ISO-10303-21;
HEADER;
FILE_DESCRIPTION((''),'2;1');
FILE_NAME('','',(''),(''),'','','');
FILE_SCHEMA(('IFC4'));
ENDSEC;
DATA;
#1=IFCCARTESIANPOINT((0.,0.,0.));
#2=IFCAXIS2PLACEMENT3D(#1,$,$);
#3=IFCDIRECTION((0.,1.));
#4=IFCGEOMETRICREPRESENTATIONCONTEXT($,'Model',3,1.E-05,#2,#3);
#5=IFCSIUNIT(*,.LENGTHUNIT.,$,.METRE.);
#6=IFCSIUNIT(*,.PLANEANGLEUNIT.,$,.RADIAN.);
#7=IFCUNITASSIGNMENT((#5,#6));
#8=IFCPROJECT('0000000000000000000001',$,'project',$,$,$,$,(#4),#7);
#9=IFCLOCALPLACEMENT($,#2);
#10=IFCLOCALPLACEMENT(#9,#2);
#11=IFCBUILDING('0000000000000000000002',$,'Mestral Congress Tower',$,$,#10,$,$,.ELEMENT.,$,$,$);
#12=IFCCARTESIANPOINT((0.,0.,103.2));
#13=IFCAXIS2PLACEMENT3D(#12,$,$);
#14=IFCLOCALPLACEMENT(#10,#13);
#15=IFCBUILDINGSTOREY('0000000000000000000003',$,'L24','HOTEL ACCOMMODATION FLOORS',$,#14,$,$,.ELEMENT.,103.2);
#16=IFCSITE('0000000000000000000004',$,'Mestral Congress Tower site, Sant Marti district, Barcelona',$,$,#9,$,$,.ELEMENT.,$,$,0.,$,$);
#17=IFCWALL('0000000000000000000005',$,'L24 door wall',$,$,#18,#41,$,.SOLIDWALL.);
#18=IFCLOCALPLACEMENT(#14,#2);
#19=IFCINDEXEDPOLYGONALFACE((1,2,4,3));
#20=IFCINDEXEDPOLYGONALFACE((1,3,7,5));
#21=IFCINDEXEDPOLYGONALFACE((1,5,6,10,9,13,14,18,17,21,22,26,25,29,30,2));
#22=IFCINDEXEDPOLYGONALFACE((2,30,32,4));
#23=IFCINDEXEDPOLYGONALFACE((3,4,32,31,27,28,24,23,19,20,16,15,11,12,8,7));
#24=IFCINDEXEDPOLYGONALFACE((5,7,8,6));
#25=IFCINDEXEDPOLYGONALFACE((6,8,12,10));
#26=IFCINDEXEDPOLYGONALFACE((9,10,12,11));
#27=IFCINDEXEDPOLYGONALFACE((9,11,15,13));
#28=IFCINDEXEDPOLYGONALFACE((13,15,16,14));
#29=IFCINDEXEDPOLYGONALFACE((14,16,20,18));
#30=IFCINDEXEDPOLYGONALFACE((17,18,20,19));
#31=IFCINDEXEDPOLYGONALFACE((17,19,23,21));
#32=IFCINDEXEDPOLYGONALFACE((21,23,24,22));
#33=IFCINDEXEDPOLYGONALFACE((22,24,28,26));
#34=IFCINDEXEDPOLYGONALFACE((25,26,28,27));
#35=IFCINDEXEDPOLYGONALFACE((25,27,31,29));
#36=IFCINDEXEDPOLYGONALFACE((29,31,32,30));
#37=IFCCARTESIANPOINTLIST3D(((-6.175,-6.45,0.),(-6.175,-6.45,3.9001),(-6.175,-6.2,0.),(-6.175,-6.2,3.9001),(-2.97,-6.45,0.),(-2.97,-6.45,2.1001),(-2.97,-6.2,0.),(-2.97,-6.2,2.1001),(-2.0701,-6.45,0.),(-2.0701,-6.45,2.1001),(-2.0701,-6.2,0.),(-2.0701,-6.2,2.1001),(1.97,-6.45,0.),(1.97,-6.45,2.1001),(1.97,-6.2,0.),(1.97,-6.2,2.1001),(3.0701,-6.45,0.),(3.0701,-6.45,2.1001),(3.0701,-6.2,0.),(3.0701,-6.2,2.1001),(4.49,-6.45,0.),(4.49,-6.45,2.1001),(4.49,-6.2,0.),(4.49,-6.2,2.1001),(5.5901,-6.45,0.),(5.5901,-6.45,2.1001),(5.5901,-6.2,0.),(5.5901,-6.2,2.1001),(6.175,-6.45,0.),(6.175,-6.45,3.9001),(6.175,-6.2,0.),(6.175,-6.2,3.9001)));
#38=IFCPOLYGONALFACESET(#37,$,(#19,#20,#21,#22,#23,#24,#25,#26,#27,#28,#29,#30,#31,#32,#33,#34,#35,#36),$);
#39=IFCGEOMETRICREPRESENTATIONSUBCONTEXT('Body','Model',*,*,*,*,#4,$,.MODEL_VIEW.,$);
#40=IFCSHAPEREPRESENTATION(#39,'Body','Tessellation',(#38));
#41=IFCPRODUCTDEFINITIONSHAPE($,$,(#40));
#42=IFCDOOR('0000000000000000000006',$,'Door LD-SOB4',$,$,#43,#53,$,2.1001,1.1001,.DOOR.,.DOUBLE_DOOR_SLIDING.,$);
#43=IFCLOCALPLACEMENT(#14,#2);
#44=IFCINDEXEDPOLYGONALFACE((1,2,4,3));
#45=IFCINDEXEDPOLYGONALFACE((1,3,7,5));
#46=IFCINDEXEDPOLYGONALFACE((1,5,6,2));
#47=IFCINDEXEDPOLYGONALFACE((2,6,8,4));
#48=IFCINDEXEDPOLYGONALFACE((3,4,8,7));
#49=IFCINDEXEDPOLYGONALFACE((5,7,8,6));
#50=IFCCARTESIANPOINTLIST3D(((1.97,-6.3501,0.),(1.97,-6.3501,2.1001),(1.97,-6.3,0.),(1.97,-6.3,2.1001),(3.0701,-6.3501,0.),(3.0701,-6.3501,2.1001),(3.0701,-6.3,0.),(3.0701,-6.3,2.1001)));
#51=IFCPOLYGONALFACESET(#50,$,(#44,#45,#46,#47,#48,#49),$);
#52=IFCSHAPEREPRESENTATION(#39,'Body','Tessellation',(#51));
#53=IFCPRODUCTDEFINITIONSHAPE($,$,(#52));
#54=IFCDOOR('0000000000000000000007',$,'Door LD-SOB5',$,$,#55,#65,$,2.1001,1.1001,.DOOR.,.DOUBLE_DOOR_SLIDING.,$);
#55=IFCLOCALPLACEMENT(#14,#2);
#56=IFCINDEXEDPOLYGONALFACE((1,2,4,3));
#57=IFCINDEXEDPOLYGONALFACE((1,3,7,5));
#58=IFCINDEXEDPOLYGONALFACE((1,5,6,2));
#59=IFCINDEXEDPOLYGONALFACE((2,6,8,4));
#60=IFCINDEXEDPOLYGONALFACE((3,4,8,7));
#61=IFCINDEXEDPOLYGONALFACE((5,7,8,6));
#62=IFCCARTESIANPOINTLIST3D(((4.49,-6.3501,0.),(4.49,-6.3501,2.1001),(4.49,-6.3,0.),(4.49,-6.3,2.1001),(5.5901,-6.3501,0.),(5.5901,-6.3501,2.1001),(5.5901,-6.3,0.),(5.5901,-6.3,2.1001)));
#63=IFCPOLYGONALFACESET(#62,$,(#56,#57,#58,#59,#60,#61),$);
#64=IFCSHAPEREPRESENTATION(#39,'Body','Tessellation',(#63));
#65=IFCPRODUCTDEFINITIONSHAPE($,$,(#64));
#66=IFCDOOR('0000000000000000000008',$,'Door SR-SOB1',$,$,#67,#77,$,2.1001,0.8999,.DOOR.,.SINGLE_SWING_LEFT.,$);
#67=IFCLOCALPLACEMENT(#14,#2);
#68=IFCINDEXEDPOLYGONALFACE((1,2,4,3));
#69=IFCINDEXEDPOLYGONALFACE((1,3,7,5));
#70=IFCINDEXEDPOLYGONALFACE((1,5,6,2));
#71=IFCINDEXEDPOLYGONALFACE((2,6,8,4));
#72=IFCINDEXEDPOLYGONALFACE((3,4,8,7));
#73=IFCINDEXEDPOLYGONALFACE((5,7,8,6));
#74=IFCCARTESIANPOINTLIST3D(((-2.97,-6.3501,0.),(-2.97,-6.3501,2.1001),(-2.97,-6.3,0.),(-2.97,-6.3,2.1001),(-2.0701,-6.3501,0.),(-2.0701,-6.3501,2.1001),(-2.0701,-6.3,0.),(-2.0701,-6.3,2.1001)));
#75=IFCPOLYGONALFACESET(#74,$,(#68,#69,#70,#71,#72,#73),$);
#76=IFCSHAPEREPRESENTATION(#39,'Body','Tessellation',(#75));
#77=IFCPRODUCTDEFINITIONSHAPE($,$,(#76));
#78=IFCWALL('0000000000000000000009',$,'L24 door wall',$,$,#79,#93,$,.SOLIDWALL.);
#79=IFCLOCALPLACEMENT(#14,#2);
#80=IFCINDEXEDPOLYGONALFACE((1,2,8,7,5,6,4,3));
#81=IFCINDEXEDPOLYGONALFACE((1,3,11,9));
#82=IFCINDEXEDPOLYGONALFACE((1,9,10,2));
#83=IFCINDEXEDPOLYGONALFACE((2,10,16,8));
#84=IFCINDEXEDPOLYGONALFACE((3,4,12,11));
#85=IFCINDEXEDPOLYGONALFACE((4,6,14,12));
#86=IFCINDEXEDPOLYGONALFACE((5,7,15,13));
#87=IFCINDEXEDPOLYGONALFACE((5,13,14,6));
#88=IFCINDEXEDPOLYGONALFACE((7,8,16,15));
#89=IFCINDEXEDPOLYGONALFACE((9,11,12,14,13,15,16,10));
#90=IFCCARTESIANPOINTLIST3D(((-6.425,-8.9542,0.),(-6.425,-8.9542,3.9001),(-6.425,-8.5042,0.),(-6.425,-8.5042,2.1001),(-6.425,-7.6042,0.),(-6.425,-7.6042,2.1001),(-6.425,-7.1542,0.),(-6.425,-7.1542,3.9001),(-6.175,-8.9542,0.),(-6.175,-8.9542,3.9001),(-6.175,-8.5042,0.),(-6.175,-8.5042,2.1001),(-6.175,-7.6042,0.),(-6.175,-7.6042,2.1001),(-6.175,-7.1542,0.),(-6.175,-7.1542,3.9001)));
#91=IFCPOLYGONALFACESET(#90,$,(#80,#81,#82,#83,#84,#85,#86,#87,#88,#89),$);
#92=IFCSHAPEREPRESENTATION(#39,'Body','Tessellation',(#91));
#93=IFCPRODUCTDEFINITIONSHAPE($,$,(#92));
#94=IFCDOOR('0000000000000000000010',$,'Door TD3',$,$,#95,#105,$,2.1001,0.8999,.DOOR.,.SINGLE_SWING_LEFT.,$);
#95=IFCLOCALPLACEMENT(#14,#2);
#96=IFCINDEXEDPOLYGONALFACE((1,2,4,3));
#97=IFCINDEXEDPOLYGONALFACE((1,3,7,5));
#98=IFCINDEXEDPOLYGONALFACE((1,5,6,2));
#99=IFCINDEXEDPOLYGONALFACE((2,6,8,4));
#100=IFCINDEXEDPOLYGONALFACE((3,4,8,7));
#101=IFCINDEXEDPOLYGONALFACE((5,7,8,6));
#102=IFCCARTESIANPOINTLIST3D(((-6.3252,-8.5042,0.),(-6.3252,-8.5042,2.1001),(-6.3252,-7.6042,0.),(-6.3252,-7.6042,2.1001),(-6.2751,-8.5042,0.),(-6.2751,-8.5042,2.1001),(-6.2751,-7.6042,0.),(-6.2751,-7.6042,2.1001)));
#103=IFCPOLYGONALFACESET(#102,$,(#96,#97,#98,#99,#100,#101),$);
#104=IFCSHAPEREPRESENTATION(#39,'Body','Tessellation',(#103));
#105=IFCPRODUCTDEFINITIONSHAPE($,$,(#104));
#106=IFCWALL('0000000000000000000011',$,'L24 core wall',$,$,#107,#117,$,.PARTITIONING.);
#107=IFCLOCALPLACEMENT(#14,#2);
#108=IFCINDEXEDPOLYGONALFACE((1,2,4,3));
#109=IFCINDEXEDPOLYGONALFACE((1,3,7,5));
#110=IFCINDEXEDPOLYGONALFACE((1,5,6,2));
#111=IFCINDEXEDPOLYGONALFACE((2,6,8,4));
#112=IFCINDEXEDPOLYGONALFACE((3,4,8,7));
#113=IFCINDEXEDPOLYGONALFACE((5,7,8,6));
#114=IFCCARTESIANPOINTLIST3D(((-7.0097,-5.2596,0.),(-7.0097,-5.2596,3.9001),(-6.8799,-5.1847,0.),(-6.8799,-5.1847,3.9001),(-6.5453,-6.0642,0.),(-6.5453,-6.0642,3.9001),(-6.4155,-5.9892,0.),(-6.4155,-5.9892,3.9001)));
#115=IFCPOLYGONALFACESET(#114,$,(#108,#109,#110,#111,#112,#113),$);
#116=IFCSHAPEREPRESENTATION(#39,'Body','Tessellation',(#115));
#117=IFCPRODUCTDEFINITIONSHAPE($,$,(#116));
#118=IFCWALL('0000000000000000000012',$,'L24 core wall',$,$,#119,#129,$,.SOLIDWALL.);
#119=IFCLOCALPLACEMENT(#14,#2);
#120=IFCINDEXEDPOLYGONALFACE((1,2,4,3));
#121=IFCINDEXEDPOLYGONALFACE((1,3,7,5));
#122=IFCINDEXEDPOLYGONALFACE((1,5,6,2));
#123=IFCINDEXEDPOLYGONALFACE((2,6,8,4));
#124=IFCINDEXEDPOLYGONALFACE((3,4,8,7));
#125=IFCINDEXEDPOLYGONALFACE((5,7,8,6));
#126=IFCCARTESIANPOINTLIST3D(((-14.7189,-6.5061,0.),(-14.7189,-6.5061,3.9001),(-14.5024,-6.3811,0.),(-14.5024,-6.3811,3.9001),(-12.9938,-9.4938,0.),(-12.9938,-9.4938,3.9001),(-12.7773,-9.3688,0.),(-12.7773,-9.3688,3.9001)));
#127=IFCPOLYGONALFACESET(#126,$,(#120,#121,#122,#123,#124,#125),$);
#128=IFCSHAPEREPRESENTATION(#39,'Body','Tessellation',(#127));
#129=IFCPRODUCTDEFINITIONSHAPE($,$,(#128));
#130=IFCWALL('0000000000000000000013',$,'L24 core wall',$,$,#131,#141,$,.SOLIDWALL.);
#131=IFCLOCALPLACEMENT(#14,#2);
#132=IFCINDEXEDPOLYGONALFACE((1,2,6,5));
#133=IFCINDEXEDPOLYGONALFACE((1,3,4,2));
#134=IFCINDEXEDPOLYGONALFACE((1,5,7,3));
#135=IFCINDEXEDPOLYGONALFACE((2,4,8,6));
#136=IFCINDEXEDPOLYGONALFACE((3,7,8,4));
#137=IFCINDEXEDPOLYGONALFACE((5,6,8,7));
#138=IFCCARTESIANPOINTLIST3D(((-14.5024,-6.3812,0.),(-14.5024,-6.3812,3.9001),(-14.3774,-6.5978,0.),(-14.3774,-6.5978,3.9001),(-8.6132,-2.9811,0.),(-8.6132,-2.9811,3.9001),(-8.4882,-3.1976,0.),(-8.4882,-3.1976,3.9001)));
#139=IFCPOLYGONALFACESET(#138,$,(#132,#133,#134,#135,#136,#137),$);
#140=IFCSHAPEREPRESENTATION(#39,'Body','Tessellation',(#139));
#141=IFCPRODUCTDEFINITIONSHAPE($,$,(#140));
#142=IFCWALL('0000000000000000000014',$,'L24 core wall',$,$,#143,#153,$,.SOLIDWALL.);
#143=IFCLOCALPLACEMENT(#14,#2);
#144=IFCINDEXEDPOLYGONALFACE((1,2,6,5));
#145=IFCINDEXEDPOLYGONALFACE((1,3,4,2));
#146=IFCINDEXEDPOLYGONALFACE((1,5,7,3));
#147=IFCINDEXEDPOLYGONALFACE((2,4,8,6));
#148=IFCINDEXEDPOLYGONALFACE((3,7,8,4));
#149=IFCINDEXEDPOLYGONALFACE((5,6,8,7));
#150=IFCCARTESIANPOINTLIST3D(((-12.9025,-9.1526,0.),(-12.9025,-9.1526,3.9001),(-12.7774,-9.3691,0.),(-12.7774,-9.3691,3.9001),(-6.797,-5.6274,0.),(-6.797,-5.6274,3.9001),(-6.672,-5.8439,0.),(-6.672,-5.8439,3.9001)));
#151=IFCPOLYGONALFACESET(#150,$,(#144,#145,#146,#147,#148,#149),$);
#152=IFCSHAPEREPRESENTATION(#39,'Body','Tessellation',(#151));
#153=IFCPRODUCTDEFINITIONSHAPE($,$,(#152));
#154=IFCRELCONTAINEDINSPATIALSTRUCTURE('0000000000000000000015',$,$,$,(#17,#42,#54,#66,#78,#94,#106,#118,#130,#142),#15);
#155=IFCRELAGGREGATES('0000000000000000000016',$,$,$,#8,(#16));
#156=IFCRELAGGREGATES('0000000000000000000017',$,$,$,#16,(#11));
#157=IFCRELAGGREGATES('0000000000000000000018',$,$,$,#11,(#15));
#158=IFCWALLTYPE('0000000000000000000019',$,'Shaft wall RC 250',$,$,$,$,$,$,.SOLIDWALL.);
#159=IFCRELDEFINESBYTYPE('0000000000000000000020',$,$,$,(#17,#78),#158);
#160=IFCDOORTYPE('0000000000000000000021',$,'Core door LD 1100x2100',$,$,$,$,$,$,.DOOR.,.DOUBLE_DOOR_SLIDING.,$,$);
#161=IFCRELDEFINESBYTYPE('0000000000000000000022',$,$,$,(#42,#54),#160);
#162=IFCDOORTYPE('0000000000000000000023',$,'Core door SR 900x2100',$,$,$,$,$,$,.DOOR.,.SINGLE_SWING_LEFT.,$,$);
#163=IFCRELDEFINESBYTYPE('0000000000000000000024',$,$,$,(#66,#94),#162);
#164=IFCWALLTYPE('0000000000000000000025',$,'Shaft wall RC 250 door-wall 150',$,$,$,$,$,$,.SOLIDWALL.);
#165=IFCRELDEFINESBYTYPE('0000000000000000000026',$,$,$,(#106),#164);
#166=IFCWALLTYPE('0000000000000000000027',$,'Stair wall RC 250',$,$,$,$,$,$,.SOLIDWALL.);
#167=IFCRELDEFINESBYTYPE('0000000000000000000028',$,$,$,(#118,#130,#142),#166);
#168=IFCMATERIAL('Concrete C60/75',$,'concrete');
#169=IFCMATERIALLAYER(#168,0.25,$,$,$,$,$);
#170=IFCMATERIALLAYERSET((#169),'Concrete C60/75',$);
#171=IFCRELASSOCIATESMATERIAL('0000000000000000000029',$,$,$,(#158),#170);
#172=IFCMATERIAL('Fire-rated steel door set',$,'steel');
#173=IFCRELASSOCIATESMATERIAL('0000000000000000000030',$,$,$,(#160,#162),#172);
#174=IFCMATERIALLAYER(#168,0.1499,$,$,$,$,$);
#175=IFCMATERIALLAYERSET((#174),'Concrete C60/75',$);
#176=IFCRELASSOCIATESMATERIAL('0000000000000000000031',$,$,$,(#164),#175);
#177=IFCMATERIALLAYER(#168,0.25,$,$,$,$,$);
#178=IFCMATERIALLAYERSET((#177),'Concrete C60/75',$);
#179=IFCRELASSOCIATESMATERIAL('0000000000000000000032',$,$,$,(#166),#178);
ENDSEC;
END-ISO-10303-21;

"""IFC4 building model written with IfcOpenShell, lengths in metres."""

from ifc_helpers import new_model, si_unit, direction, frame, frame_2d, origin, place, context, subcontext, project, spatial, rectangle, extrude, material, layer, layer_set, type_object, element, fill, save


model = new_model("IFC4")

# Units and contexts
model_context = context("Model", 3, precision=1e-05, world=origin(), true_north=direction((0.0, 1.0)))
body_context = subcontext(model_context, "Body", "Model", "MODEL_VIEW")
ifc_project = project(units=[si_unit("LENGTHUNIT", "METRE"), si_unit("PLANEANGLEUNIT", "RADIAN")], contexts=[model_context])

# Site, building, storey
site_placement = place(None, origin())
site = spatial("IfcSite", under=ifc_project, at=site_placement, Name="Mestral Congress Tower site, Sant Marti district, Barcelona", CompositionType="ELEMENT", RefElevation=0.0)
building_placement = place(site_placement, origin())
building = spatial("IfcBuilding", under=site, at=building_placement, Name="Mestral Congress Tower", CompositionType="ELEMENT")
storey_placement = place(building_placement, frame((0.0, 0.0, 103.2)))
storey = spatial("IfcBuildingStorey", under=building, at=storey_placement, Name="L24", Description="HOTEL ACCOMMODATION FLOORS", CompositionType="ELEMENT", Elevation=103.2)

# Shared definitions
ifc_material_1 = material(Name="Concrete C60/75", Category="concrete")

# Wall, openings, doors
ifc_layer_1 = layer(ifc_material_1, 0.25)
ifc_layer_set_1 = layer_set([ifc_layer_1], Name="Concrete C60/75")
wall_type_1 = type_object("IfcWallType", Name="Shaft wall RC 250", PredefinedType="SOLIDWALL", material=ifc_layer_set_1)
ifc_material_2 = material(Name="Fire-rated steel door set", Category="steel")
door_type_1 = type_object("IfcDoorType", Name="Core door LD 1100x2100", OperationType="DOUBLE_DOOR_SLIDING", PredefinedType="DOOR", material=ifc_material_2)
wall_1_placement = place(storey_placement, frame((-6.175, -6.325, 0.0), z_axis=(0.0, 0.0, 1.0), x_axis=(1.0, 0.0, 0.0)))
wall_1 = element("IfcWall", 1, at=wall_1_placement, inside=storey, type_object=wall_type_1, Name="L24 door wall", PredefinedType="SOLIDWALL", context=body_context, shape_type="SweptSolid", body=[
    extrude(rectangle(XDim=12.3501, YDim=0.25, at=frame_2d((6.175, 0.0))), origin(), (0.0, 0.0, 1.0), 3.9001),
])
opening_1_placement = place(wall_1_placement, frame((3.2051, 0.0, 0.0)))
opening_1 = element("IfcOpeningElement", 2, at=opening_1_placement, cuts=wall_1, PredefinedType="OPENING", context=body_context, shape_type="SweptSolid", body=[
    extrude(rectangle(XDim=0.8999, YDim=2.1001, at=frame_2d((0.45, 1.05))), frame((0.0, 0.135, 0.0), z_axis=(0.0, -1.0, 0.0), x_axis=(1.0, 0.0, 0.0)), (0.0, 0.0, 1.0), 0.27),
])
opening_2_placement = place(wall_1_placement, frame((8.145, 0.0, 0.0)))
opening_2 = element("IfcOpeningElement", 3, at=opening_2_placement, cuts=wall_1, PredefinedType="OPENING", context=body_context, shape_type="SweptSolid", body=[
    extrude(rectangle(XDim=1.1001, YDim=2.1001, at=frame_2d((0.55, 1.05))), frame((0.0, 0.135, 0.0), z_axis=(0.0, -1.0, 0.0), x_axis=(1.0, 0.0, 0.0)), (0.0, 0.0, 1.0), 0.27),
])
opening_3_placement = place(wall_1_placement, frame((10.665, 0.0, 0.0)))
opening_3 = element("IfcOpeningElement", 4, at=opening_3_placement, cuts=wall_1, PredefinedType="OPENING", context=body_context, shape_type="SweptSolid", body=[
    extrude(rectangle(XDim=1.1001, YDim=2.1001, at=frame_2d((0.55, 1.05))), frame((0.0, 0.135, 0.0), z_axis=(0.0, -1.0, 0.0), x_axis=(1.0, 0.0, 0.0)), (0.0, 0.0, 1.0), 0.27),
])
door_1_placement = place(opening_2_placement, origin())
door_1 = element("IfcDoor", 5, at=door_1_placement, inside=storey, type_object=door_type_1, Name="Door LD-SOB4", OperationType="DOUBLE_DOOR_SLIDING", OverallHeight=2.1001, OverallWidth=1.1001, PredefinedType="DOOR", context=body_context, shape_type="SweptSolid", body=[
    extrude(rectangle(XDim=1.1001, YDim=2.1001, at=frame_2d((0.55, 1.05))), frame((0.0, 0.0249, 0.0), z_axis=(0.0, -1.0, 0.0), x_axis=(1.0, 0.0, 0.0)), (0.0, 0.0, 1.0), 0.05),
])
fill(opening_2, door_1)
door_2_placement = place(opening_3_placement, origin())
door_2 = element("IfcDoor", 6, at=door_2_placement, inside=storey, type_object=door_type_1, Name="Door LD-SOB5", OperationType="DOUBLE_DOOR_SLIDING", OverallHeight=2.1001, OverallWidth=1.1001, PredefinedType="DOOR", context=body_context, shape_type="SweptSolid", body=[
    extrude(rectangle(XDim=1.1001, YDim=2.1001, at=frame_2d((0.55, 1.05))), frame((0.0, 0.0249, 0.0), z_axis=(0.0, -1.0, 0.0), x_axis=(1.0, 0.0, 0.0)), (0.0, 0.0, 1.0), 0.05),
])
fill(opening_3, door_2)
door_type_2 = type_object("IfcDoorType", Name="Core door SR 900x2100", OperationType="SINGLE_SWING_LEFT", PredefinedType="DOOR", material=ifc_material_2)
door_3_placement = place(opening_1_placement, origin())
door_3 = element("IfcDoor", 7, at=door_3_placement, inside=storey, type_object=door_type_2, Name="Door SR-SOB1", OperationType="SINGLE_SWING_LEFT", OverallHeight=2.1001, OverallWidth=0.8999, PredefinedType="DOOR", context=body_context, shape_type="SweptSolid", body=[
    extrude(rectangle(XDim=0.8999, YDim=2.1001, at=frame_2d((0.45, 1.05))), frame((0.0, 0.0249, 0.0), z_axis=(0.0, -1.0, 0.0), x_axis=(1.0, 0.0, 0.0)), (0.0, 0.0, 1.0), 0.05),
])
fill(opening_1, door_3)

# Wall, opening, door
wall_2_placement = place(storey_placement, frame((-6.3, -7.1543, 0.0), z_axis=(0.0, 0.0, 1.0), x_axis=(0.0, -1.0, 0.0)))
wall_2 = element("IfcWall", 8, at=wall_2_placement, inside=storey, type_object=wall_type_1, Name="L24 door wall", PredefinedType="SOLIDWALL", context=body_context, shape_type="SweptSolid", body=[
    extrude(rectangle(XDim=1.8, YDim=0.25, at=frame_2d((0.8999, 0.0))), origin(), (0.0, 0.0, 1.0), 3.9001),
])
opening_4_placement = place(wall_2_placement, frame((0.45, 0.0, 0.0)))
opening_4 = element("IfcOpeningElement", 9, at=opening_4_placement, cuts=wall_2, PredefinedType="OPENING", context=body_context, shape_type="SweptSolid", body=[
    extrude(rectangle(XDim=0.8999, YDim=2.1001, at=frame_2d((0.45, 1.05))), frame((0.0, 0.135, 0.0), z_axis=(0.0, -1.0, 0.0), x_axis=(1.0, 0.0, 0.0)), (0.0, 0.0, 1.0), 0.27),
])
door_4_placement = place(opening_4_placement, origin())
door_4 = element("IfcDoor", 10, at=door_4_placement, inside=storey, type_object=door_type_2, Name="Door TD3", OperationType="SINGLE_SWING_LEFT", OverallHeight=2.1001, OverallWidth=0.8999, PredefinedType="DOOR", context=body_context, shape_type="SweptSolid", body=[
    extrude(rectangle(XDim=0.8999, YDim=2.1001, at=frame_2d((0.45, 1.05))), frame((0.0, 0.0249, 0.0), z_axis=(0.0, -1.0, 0.0), x_axis=(1.0, 0.0, 0.0)), (0.0, 0.0, 1.0), 0.05),
])
fill(opening_4, door_4)

# Walls
ifc_layer_2 = layer(ifc_material_1, 0.1499)
ifc_layer_set_2 = layer_set([ifc_layer_2], Name="Concrete C60/75")
wall_type_2 = type_object("IfcWallType", Name="Shaft wall RC 250 door-wall 150", PredefinedType="SOLIDWALL", material=ifc_layer_set_2)
wall_3_placement = place(storey_placement, frame((-6.4805, -6.0266, 0.0), z_axis=(0.0, 0.0, 1.0), x_axis=(-0.499927, 0.866067, 0.0)))
element("IfcWall", 11, at=wall_3_placement, inside=storey, type_object=wall_type_2, Name="L24 core wall", PredefinedType="PARTITIONING", context=body_context, shape_type="SweptSolid", body=[
    extrude(rectangle(XDim=0.929, YDim=0.1499, at=frame_2d((0.4644, 0.0))), origin(), (0.0, 0.0, 1.0), 3.9001),
])
ifc_layer_3 = layer(ifc_material_1, 0.25)
ifc_layer_set_3 = layer_set([ifc_layer_3], Name="Concrete C60/75")
wall_type_3 = type_object("IfcWallType", Name="Stair wall RC 250", PredefinedType="SOLIDWALL", material=ifc_layer_set_3)
wall_4_placement = place(storey_placement, frame((-12.8855, -9.4314, 0.0), z_axis=(0.0, 0.0, 1.0), x_axis=(-0.500021, 0.866014, 0.0)))
element("IfcWall", 12, at=wall_4_placement, inside=storey, type_object=wall_type_3, Name="L24 core wall", PredefinedType="SOLIDWALL", context=body_context, shape_type="SweptSolid", body=[
    extrude(rectangle(XDim=3.45, YDim=0.25, at=frame_2d((1.7251, 0.0))), origin(), (0.0, 0.0, 1.0), 3.9001),
])
wall_5_placement = place(storey_placement, frame((-14.4399, -6.4895, 0.0), z_axis=(0.0, 0.0, 1.0), x_axis=(0.866023, 0.500004, 0.0)))
element("IfcWall", 13, at=wall_5_placement, inside=storey, type_object=wall_type_3, Name="L24 core wall", PredefinedType="SOLIDWALL", context=body_context, shape_type="SweptSolid", body=[
    extrude(rectangle(XDim=6.8003, YDim=0.25, at=frame_2d((3.4001, 0.0))), origin(), (0.0, 0.0, 1.0), 3.9001),
])
wall_6_placement = place(storey_placement, frame((-12.8398, -9.2607, 0.0), z_axis=(0.0, 0.0, 1.0), x_axis=(0.866016, 0.500016, 0.0)))
element("IfcWall", 14, at=wall_6_placement, inside=storey, type_object=wall_type_3, Name="L24 core wall", PredefinedType="SOLIDWALL", context=body_context, shape_type="SweptSolid", body=[
    extrude(rectangle(XDim=7.05, YDim=0.25, at=frame_2d((3.5249, 0.0))), origin(), (0.0, 0.0, 1.0), 3.9001),
])

save(model, "model.ifc")
